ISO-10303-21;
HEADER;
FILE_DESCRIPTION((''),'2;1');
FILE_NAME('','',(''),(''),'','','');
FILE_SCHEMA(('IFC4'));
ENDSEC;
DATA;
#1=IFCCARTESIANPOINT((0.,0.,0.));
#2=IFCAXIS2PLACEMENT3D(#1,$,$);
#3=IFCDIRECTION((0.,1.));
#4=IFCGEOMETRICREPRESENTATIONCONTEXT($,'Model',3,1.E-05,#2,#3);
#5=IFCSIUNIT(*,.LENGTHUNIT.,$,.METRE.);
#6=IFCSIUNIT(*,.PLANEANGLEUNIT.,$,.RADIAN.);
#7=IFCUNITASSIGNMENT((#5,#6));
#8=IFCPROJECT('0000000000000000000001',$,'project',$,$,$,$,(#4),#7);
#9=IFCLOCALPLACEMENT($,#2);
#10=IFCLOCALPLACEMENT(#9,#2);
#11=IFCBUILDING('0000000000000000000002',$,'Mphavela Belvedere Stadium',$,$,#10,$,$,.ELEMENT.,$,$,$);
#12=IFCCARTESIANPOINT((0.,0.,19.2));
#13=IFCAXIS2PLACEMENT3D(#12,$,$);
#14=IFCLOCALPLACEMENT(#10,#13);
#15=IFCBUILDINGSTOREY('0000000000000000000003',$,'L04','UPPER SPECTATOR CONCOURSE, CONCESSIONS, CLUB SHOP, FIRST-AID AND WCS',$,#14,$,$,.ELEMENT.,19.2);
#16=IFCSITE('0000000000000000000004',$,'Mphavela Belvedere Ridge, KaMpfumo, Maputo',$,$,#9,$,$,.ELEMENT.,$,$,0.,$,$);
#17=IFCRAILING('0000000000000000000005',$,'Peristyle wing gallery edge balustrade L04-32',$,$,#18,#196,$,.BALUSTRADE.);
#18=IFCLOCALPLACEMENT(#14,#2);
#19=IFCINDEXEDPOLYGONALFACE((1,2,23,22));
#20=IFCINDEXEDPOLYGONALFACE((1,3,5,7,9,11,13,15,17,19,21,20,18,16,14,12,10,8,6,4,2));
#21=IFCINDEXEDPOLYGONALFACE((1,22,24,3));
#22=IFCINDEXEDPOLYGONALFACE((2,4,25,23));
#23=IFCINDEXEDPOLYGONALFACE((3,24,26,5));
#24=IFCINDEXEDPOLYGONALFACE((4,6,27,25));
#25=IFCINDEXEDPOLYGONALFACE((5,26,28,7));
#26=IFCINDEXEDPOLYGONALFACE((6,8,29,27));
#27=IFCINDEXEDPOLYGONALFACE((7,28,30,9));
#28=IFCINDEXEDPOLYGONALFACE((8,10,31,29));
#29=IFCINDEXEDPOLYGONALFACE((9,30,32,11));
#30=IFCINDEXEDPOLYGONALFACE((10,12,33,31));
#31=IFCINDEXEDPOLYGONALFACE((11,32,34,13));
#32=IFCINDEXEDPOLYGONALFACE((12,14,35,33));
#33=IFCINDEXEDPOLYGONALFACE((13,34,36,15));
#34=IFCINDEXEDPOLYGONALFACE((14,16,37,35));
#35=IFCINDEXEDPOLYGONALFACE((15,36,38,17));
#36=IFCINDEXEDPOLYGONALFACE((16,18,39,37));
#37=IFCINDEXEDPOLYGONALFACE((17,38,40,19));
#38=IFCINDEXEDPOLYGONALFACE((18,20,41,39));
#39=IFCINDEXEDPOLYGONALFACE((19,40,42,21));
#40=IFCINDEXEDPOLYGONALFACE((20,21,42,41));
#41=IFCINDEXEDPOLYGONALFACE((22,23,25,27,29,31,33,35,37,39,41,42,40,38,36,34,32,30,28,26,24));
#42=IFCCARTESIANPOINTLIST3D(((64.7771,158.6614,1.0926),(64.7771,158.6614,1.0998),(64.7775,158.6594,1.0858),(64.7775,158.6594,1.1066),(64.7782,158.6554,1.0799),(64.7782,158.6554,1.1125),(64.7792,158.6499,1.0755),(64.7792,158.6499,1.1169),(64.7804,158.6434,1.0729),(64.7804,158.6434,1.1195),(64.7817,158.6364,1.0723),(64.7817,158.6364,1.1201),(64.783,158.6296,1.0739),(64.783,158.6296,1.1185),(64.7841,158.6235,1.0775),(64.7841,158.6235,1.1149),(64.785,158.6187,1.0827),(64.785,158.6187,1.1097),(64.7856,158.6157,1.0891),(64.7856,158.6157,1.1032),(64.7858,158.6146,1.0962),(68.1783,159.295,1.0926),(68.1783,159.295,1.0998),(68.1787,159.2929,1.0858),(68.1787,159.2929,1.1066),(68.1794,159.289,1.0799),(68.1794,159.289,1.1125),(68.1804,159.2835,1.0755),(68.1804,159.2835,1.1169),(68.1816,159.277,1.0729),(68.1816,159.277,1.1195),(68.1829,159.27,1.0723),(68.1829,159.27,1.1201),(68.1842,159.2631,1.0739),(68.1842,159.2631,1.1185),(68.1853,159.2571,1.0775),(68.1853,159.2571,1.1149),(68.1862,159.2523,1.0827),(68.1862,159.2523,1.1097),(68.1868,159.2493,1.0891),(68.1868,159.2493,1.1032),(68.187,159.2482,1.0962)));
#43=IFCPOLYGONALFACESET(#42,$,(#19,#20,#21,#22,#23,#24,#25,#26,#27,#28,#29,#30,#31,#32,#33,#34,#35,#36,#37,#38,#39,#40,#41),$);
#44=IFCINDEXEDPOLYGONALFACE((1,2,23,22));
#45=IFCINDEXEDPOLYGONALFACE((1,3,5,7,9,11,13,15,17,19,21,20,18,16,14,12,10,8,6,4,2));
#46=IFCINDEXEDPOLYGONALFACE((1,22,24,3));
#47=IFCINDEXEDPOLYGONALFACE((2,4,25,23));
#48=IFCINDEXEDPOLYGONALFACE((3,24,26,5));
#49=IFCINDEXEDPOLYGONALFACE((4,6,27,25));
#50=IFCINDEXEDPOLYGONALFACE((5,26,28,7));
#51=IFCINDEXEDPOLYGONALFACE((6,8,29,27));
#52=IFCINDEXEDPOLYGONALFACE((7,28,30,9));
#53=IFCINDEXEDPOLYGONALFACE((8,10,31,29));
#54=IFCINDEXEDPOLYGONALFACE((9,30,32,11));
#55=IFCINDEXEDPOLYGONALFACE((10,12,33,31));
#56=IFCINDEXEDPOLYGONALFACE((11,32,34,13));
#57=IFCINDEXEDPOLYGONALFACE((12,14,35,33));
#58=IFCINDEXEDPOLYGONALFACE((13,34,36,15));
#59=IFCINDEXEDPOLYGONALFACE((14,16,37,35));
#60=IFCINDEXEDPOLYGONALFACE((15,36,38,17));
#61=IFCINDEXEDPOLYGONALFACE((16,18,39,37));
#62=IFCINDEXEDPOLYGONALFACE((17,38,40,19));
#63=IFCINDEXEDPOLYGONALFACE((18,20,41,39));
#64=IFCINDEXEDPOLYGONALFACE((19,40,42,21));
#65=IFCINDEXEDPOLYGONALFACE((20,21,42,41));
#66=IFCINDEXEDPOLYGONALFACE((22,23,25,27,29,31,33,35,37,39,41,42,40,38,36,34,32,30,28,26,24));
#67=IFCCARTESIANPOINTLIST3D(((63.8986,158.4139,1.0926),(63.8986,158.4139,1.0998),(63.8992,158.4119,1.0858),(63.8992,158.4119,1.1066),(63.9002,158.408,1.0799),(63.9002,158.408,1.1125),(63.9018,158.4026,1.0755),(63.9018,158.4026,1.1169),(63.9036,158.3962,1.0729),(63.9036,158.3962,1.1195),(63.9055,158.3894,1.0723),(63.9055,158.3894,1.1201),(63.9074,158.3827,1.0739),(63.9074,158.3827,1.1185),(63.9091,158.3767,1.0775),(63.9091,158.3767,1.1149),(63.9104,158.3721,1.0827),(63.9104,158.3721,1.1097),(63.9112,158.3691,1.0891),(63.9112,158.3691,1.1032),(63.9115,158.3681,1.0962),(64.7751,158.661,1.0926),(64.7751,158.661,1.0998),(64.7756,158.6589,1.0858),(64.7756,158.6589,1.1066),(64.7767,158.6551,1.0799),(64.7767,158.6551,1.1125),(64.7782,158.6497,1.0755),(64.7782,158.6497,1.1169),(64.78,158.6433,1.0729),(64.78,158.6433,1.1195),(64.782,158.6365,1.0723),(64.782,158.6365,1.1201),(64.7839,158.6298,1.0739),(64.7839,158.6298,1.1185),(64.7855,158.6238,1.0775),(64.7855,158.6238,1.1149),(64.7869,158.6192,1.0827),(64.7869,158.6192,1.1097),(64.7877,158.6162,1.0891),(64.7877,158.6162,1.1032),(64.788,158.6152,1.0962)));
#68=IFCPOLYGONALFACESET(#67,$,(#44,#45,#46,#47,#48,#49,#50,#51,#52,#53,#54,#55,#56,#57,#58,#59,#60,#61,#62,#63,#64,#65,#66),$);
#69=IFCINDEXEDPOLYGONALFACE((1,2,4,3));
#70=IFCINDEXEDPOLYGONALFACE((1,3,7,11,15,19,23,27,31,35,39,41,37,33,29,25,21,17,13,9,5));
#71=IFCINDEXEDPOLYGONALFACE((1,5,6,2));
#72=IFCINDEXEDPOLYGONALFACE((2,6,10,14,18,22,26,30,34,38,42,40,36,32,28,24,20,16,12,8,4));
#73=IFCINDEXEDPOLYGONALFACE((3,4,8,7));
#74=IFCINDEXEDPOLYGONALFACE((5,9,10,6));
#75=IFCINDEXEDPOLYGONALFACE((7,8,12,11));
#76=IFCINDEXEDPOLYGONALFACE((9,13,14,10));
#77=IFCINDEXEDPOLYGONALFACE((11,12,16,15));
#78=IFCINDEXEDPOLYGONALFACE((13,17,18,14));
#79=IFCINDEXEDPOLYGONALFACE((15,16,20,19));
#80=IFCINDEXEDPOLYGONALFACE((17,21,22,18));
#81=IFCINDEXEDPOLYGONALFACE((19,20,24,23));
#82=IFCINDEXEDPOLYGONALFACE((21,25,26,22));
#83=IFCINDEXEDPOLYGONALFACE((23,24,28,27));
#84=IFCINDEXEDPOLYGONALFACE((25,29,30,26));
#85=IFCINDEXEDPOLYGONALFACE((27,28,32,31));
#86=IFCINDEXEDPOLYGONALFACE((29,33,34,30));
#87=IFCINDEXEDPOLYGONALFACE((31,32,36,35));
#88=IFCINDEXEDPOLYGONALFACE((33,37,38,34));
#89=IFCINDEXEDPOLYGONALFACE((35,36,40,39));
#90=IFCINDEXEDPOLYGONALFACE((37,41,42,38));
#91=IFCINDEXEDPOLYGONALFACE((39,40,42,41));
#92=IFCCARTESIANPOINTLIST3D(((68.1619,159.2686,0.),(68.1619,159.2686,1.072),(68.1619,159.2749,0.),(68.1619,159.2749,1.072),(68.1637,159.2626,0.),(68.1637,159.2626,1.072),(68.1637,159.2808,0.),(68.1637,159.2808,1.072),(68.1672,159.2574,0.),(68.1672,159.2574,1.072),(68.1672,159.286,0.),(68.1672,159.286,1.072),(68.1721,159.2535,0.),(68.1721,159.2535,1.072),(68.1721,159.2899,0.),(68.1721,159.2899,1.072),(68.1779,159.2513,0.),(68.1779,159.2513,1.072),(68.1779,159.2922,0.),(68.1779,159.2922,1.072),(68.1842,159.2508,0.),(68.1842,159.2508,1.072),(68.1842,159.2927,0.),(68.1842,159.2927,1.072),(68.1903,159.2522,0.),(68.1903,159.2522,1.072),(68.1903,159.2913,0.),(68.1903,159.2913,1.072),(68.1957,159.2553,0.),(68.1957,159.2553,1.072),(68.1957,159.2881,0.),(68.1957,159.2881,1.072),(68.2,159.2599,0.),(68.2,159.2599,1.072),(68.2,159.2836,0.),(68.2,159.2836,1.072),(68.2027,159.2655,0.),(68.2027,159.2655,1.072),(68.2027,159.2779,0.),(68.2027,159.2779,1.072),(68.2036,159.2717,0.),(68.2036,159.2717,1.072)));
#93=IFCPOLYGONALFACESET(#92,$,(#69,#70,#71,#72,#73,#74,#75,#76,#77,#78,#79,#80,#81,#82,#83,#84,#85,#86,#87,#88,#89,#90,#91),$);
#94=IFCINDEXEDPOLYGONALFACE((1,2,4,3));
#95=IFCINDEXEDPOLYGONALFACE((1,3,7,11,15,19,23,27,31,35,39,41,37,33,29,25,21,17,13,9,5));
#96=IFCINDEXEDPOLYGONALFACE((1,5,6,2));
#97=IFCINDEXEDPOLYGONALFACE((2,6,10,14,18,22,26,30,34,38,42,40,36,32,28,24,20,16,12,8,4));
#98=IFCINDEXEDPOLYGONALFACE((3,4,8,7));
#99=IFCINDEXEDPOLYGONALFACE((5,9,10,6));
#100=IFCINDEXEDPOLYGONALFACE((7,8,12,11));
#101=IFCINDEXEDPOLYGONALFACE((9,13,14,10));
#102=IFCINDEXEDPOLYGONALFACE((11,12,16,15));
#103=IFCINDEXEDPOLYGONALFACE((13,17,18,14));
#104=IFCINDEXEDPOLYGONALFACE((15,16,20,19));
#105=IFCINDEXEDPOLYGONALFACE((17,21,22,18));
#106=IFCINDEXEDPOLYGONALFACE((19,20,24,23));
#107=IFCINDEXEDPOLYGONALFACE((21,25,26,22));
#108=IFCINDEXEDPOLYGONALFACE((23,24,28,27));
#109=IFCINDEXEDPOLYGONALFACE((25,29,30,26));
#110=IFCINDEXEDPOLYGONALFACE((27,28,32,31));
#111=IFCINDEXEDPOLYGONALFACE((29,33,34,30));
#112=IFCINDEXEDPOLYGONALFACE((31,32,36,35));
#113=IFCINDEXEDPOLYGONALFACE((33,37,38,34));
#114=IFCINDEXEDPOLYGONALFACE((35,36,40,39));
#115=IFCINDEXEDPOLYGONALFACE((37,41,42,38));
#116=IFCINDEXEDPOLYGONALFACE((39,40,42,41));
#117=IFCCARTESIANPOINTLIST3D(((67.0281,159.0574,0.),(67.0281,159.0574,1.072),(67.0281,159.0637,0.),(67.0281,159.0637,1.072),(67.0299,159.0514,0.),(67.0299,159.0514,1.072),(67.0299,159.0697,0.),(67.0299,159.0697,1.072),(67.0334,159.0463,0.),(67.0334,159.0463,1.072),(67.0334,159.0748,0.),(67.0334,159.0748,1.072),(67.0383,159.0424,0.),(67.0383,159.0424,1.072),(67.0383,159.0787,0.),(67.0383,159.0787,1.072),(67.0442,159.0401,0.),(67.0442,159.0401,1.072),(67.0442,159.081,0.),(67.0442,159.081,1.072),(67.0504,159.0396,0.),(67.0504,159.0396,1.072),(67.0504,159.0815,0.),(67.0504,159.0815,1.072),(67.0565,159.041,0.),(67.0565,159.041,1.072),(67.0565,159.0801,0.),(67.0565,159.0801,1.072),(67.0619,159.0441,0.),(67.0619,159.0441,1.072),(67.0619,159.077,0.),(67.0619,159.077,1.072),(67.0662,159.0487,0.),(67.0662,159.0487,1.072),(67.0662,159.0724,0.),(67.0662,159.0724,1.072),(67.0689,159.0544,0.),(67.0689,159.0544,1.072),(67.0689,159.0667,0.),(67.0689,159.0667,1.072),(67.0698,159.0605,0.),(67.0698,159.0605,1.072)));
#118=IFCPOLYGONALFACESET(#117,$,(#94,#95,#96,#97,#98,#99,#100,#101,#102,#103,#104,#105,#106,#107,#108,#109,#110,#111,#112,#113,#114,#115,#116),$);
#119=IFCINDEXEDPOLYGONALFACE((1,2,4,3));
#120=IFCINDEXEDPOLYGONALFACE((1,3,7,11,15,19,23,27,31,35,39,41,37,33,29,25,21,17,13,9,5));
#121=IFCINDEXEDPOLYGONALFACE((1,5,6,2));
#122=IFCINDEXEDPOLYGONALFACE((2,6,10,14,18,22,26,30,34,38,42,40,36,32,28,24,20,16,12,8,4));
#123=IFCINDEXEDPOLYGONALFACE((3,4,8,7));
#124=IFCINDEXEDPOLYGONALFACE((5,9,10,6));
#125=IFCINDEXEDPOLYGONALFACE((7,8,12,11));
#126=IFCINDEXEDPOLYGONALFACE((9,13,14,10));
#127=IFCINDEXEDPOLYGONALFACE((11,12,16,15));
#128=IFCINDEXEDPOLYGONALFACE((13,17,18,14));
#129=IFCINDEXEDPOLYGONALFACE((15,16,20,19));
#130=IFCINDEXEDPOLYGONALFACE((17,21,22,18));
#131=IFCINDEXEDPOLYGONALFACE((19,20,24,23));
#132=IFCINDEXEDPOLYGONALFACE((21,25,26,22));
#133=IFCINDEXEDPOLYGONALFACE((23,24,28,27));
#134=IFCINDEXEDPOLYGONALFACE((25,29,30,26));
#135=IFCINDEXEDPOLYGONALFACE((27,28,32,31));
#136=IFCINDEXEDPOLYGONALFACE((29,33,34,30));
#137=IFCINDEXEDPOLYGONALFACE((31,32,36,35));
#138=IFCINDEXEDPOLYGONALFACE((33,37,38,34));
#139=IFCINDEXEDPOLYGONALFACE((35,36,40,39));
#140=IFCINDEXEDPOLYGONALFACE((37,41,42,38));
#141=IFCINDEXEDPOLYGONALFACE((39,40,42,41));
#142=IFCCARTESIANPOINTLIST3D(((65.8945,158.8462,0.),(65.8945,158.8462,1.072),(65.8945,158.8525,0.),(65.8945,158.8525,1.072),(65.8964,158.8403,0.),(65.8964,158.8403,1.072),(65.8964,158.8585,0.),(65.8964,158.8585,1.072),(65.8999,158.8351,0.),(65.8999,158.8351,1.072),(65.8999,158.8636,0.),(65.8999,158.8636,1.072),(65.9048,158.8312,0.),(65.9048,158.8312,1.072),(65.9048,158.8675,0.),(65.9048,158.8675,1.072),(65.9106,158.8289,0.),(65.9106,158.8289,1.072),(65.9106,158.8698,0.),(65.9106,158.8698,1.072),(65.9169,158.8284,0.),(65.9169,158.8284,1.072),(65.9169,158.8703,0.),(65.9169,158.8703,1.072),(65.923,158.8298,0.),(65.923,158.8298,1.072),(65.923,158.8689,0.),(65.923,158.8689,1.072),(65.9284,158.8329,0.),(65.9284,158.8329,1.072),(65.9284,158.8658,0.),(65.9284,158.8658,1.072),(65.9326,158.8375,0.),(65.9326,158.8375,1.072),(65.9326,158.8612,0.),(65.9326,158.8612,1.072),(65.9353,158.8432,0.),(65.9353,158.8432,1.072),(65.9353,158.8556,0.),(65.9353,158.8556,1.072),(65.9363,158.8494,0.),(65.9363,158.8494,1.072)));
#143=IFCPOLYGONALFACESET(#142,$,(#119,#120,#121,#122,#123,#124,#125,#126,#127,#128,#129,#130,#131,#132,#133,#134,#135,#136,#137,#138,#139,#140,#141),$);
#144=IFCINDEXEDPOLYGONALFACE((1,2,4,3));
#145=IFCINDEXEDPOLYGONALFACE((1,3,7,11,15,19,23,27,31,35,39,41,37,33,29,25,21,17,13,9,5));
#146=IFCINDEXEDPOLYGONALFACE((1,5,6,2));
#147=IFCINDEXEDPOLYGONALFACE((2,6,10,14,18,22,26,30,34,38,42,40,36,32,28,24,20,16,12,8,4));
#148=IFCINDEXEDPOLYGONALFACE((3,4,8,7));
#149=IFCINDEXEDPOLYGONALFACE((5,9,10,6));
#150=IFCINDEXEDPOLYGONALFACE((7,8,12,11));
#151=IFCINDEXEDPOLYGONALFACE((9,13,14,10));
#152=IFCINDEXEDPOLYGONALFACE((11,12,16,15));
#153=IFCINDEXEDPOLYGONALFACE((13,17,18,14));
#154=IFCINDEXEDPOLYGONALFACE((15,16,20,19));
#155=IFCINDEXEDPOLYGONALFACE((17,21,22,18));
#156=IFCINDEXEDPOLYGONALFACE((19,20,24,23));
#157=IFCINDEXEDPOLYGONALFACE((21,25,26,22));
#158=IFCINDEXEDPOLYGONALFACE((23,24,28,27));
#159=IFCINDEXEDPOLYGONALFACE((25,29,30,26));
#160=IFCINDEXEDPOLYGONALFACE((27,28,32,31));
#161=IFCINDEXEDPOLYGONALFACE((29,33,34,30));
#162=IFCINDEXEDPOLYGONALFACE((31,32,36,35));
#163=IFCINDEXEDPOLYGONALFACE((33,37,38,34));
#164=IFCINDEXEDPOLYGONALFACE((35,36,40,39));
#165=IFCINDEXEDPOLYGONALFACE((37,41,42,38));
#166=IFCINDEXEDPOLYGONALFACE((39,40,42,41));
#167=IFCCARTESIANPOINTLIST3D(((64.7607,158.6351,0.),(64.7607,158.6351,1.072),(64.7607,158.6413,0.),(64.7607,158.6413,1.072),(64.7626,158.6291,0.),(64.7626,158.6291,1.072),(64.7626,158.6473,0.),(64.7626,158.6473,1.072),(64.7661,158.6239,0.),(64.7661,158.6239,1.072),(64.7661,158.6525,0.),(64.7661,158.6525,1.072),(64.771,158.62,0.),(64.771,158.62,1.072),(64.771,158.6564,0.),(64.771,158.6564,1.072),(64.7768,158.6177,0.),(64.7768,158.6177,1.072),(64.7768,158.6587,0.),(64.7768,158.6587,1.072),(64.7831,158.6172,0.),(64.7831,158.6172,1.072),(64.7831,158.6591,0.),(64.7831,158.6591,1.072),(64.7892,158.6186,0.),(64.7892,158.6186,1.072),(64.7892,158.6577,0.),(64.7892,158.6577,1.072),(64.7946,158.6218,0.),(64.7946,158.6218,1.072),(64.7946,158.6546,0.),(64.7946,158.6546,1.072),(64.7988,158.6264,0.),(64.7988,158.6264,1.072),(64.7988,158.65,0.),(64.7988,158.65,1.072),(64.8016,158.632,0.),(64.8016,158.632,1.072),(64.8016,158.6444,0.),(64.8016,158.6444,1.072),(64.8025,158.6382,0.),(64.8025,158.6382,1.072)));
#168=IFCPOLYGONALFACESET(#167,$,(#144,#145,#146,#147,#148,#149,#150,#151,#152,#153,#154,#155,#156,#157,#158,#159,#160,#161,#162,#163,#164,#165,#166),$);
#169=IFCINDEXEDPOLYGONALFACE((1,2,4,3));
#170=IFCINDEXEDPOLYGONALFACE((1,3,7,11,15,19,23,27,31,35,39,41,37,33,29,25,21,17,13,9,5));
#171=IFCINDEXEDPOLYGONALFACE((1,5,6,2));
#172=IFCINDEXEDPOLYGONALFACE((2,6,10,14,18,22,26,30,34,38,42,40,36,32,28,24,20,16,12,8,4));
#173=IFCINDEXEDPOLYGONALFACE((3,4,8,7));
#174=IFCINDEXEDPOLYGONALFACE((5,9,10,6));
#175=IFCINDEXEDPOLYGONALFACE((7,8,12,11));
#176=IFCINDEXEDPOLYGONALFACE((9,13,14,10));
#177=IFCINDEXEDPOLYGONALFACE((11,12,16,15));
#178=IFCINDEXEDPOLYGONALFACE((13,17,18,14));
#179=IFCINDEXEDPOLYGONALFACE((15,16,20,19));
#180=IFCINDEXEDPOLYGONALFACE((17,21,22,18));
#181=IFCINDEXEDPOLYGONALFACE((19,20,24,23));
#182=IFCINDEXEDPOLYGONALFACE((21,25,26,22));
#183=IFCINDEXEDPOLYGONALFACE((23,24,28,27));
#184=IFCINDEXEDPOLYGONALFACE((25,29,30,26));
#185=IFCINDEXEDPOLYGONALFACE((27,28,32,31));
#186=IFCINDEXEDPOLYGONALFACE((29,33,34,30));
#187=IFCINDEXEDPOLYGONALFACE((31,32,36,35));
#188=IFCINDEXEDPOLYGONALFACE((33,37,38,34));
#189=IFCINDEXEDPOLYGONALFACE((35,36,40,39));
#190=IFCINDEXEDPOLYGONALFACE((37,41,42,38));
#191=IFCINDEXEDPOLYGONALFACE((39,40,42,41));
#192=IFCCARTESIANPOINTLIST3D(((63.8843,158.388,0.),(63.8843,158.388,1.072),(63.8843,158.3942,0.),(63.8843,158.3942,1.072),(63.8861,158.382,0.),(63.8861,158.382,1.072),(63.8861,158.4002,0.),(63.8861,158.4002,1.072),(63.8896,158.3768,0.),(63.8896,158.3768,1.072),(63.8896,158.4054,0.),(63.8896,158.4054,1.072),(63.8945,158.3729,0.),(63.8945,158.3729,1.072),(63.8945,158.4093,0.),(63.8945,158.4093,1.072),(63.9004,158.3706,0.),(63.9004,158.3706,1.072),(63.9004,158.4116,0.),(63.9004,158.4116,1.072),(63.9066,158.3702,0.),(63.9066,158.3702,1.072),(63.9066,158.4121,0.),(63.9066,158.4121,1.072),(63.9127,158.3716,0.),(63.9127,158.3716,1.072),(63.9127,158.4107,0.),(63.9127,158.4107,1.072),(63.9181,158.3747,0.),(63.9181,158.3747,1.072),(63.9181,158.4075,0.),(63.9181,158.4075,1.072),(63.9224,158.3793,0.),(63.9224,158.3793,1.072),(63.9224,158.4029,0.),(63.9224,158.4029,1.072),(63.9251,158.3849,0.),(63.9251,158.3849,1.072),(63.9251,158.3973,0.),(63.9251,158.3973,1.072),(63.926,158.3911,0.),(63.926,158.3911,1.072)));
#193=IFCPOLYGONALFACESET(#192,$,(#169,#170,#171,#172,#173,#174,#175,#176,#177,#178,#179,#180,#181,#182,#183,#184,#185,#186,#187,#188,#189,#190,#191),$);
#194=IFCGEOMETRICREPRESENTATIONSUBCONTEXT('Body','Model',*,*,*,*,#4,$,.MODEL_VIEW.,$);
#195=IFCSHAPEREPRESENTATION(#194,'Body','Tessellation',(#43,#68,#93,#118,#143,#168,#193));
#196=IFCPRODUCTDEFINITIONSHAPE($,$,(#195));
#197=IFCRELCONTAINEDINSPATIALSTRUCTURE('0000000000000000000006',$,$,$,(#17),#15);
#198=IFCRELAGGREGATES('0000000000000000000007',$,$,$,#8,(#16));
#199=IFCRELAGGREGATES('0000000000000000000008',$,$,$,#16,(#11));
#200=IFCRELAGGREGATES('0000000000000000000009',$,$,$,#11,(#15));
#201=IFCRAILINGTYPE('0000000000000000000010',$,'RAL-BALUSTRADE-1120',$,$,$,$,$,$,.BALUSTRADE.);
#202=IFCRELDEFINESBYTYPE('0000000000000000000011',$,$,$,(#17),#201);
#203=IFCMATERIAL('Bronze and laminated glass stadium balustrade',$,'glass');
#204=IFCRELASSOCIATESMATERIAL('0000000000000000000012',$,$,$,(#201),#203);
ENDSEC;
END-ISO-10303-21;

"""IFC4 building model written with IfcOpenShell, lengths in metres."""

from ifc_helpers import new_model, si_unit, direction, frame, origin, origin_2d, place, context, subcontext, project, spatial, circle, extrude, material, type_object, element, save


model = new_model("IFC4")

# Units and contexts
model_context = context("Model", 3, precision=1e-05, world=origin(), true_north=direction((0.0, 1.0)))
body_context = subcontext(model_context, "Body", "Model", "MODEL_VIEW")
ifc_project = project(units=[si_unit("LENGTHUNIT", "METRE"), si_unit("PLANEANGLEUNIT", "RADIAN")], contexts=[model_context])

# Site, building, storey
site_placement = place(None, origin())
site = spatial("IfcSite", under=ifc_project, at=site_placement, Name="Mphavela Belvedere Ridge, KaMpfumo, Maputo", CompositionType="ELEMENT", RefElevation=0.0)
building_placement = place(site_placement, origin())
building = spatial("IfcBuilding", under=site, at=building_placement, Name="Mphavela Belvedere Stadium", CompositionType="ELEMENT")
storey_placement = place(building_placement, frame((0.0, 0.0, 19.2)))
storey = spatial("IfcBuildingStorey", under=building, at=storey_placement, Name="L04", Description="UPPER SPECTATOR CONCOURSE, CONCESSIONS, CLUB SHOP, FIRST-AID AND WCS", CompositionType="ELEMENT", Elevation=19.2)

# Railing
ifc_material_1 = material(Name="Bronze and laminated glass stadium balustrade", Category="glass")
railing_type = type_object("IfcRailingType", Name="RAL-BALUSTRADE-1120", PredefinedType="BALUSTRADE", material=ifc_material_1)
railing_placement = place(storey_placement, frame((68.1826, 159.2717, 0.0)))
element("IfcRailing", 1, at=railing_placement, inside=storey, type_object=railing_type, Name="Peristyle wing gallery edge balustrade L04-32", PredefinedType="BALUSTRADE", context=body_context, shape_type="SweptSolid", body=[
    extrude(circle(Radius=0.0239, at=origin_2d()), frame((0.0, 0.0, 1.0962), z_axis=(-0.98309, -0.183125, 0.0), x_axis=(0.183125, -0.98309, 0.0)), (0.0, 0.0, 1.0), 3.4597),
    extrude(circle(Radius=0.0239, at=origin_2d()), frame((-3.4011, -0.6335, 1.0962), z_axis=(-0.962489, -0.27132, 0.0), x_axis=(0.27132, -0.962489, 0.0)), (0.0, 0.0, 1.0), 0.9106),
    extrude(circle(Radius=0.021, at=origin_2d()), origin(), (0.0, 0.0, 1.0), 1.072),
    extrude(circle(Radius=0.021, at=origin_2d()), frame((-1.1338, -0.2112, 0.0)), (0.0, 0.0, 1.0), 1.072),
    extrude(circle(Radius=0.021, at=origin_2d()), frame((-2.2673, -0.4224, 0.0)), (0.0, 0.0, 1.0), 1.072),
    extrude(circle(Radius=0.021, at=origin_2d()), frame((-3.4011, -0.6335, 0.0)), (0.0, 0.0, 1.0), 1.072),
    extrude(circle(Radius=0.021, at=origin_2d()), frame((-4.2776, -0.8806, 0.0)), (0.0, 0.0, 1.0), 1.072),
])

save(model, "model.ifc")
